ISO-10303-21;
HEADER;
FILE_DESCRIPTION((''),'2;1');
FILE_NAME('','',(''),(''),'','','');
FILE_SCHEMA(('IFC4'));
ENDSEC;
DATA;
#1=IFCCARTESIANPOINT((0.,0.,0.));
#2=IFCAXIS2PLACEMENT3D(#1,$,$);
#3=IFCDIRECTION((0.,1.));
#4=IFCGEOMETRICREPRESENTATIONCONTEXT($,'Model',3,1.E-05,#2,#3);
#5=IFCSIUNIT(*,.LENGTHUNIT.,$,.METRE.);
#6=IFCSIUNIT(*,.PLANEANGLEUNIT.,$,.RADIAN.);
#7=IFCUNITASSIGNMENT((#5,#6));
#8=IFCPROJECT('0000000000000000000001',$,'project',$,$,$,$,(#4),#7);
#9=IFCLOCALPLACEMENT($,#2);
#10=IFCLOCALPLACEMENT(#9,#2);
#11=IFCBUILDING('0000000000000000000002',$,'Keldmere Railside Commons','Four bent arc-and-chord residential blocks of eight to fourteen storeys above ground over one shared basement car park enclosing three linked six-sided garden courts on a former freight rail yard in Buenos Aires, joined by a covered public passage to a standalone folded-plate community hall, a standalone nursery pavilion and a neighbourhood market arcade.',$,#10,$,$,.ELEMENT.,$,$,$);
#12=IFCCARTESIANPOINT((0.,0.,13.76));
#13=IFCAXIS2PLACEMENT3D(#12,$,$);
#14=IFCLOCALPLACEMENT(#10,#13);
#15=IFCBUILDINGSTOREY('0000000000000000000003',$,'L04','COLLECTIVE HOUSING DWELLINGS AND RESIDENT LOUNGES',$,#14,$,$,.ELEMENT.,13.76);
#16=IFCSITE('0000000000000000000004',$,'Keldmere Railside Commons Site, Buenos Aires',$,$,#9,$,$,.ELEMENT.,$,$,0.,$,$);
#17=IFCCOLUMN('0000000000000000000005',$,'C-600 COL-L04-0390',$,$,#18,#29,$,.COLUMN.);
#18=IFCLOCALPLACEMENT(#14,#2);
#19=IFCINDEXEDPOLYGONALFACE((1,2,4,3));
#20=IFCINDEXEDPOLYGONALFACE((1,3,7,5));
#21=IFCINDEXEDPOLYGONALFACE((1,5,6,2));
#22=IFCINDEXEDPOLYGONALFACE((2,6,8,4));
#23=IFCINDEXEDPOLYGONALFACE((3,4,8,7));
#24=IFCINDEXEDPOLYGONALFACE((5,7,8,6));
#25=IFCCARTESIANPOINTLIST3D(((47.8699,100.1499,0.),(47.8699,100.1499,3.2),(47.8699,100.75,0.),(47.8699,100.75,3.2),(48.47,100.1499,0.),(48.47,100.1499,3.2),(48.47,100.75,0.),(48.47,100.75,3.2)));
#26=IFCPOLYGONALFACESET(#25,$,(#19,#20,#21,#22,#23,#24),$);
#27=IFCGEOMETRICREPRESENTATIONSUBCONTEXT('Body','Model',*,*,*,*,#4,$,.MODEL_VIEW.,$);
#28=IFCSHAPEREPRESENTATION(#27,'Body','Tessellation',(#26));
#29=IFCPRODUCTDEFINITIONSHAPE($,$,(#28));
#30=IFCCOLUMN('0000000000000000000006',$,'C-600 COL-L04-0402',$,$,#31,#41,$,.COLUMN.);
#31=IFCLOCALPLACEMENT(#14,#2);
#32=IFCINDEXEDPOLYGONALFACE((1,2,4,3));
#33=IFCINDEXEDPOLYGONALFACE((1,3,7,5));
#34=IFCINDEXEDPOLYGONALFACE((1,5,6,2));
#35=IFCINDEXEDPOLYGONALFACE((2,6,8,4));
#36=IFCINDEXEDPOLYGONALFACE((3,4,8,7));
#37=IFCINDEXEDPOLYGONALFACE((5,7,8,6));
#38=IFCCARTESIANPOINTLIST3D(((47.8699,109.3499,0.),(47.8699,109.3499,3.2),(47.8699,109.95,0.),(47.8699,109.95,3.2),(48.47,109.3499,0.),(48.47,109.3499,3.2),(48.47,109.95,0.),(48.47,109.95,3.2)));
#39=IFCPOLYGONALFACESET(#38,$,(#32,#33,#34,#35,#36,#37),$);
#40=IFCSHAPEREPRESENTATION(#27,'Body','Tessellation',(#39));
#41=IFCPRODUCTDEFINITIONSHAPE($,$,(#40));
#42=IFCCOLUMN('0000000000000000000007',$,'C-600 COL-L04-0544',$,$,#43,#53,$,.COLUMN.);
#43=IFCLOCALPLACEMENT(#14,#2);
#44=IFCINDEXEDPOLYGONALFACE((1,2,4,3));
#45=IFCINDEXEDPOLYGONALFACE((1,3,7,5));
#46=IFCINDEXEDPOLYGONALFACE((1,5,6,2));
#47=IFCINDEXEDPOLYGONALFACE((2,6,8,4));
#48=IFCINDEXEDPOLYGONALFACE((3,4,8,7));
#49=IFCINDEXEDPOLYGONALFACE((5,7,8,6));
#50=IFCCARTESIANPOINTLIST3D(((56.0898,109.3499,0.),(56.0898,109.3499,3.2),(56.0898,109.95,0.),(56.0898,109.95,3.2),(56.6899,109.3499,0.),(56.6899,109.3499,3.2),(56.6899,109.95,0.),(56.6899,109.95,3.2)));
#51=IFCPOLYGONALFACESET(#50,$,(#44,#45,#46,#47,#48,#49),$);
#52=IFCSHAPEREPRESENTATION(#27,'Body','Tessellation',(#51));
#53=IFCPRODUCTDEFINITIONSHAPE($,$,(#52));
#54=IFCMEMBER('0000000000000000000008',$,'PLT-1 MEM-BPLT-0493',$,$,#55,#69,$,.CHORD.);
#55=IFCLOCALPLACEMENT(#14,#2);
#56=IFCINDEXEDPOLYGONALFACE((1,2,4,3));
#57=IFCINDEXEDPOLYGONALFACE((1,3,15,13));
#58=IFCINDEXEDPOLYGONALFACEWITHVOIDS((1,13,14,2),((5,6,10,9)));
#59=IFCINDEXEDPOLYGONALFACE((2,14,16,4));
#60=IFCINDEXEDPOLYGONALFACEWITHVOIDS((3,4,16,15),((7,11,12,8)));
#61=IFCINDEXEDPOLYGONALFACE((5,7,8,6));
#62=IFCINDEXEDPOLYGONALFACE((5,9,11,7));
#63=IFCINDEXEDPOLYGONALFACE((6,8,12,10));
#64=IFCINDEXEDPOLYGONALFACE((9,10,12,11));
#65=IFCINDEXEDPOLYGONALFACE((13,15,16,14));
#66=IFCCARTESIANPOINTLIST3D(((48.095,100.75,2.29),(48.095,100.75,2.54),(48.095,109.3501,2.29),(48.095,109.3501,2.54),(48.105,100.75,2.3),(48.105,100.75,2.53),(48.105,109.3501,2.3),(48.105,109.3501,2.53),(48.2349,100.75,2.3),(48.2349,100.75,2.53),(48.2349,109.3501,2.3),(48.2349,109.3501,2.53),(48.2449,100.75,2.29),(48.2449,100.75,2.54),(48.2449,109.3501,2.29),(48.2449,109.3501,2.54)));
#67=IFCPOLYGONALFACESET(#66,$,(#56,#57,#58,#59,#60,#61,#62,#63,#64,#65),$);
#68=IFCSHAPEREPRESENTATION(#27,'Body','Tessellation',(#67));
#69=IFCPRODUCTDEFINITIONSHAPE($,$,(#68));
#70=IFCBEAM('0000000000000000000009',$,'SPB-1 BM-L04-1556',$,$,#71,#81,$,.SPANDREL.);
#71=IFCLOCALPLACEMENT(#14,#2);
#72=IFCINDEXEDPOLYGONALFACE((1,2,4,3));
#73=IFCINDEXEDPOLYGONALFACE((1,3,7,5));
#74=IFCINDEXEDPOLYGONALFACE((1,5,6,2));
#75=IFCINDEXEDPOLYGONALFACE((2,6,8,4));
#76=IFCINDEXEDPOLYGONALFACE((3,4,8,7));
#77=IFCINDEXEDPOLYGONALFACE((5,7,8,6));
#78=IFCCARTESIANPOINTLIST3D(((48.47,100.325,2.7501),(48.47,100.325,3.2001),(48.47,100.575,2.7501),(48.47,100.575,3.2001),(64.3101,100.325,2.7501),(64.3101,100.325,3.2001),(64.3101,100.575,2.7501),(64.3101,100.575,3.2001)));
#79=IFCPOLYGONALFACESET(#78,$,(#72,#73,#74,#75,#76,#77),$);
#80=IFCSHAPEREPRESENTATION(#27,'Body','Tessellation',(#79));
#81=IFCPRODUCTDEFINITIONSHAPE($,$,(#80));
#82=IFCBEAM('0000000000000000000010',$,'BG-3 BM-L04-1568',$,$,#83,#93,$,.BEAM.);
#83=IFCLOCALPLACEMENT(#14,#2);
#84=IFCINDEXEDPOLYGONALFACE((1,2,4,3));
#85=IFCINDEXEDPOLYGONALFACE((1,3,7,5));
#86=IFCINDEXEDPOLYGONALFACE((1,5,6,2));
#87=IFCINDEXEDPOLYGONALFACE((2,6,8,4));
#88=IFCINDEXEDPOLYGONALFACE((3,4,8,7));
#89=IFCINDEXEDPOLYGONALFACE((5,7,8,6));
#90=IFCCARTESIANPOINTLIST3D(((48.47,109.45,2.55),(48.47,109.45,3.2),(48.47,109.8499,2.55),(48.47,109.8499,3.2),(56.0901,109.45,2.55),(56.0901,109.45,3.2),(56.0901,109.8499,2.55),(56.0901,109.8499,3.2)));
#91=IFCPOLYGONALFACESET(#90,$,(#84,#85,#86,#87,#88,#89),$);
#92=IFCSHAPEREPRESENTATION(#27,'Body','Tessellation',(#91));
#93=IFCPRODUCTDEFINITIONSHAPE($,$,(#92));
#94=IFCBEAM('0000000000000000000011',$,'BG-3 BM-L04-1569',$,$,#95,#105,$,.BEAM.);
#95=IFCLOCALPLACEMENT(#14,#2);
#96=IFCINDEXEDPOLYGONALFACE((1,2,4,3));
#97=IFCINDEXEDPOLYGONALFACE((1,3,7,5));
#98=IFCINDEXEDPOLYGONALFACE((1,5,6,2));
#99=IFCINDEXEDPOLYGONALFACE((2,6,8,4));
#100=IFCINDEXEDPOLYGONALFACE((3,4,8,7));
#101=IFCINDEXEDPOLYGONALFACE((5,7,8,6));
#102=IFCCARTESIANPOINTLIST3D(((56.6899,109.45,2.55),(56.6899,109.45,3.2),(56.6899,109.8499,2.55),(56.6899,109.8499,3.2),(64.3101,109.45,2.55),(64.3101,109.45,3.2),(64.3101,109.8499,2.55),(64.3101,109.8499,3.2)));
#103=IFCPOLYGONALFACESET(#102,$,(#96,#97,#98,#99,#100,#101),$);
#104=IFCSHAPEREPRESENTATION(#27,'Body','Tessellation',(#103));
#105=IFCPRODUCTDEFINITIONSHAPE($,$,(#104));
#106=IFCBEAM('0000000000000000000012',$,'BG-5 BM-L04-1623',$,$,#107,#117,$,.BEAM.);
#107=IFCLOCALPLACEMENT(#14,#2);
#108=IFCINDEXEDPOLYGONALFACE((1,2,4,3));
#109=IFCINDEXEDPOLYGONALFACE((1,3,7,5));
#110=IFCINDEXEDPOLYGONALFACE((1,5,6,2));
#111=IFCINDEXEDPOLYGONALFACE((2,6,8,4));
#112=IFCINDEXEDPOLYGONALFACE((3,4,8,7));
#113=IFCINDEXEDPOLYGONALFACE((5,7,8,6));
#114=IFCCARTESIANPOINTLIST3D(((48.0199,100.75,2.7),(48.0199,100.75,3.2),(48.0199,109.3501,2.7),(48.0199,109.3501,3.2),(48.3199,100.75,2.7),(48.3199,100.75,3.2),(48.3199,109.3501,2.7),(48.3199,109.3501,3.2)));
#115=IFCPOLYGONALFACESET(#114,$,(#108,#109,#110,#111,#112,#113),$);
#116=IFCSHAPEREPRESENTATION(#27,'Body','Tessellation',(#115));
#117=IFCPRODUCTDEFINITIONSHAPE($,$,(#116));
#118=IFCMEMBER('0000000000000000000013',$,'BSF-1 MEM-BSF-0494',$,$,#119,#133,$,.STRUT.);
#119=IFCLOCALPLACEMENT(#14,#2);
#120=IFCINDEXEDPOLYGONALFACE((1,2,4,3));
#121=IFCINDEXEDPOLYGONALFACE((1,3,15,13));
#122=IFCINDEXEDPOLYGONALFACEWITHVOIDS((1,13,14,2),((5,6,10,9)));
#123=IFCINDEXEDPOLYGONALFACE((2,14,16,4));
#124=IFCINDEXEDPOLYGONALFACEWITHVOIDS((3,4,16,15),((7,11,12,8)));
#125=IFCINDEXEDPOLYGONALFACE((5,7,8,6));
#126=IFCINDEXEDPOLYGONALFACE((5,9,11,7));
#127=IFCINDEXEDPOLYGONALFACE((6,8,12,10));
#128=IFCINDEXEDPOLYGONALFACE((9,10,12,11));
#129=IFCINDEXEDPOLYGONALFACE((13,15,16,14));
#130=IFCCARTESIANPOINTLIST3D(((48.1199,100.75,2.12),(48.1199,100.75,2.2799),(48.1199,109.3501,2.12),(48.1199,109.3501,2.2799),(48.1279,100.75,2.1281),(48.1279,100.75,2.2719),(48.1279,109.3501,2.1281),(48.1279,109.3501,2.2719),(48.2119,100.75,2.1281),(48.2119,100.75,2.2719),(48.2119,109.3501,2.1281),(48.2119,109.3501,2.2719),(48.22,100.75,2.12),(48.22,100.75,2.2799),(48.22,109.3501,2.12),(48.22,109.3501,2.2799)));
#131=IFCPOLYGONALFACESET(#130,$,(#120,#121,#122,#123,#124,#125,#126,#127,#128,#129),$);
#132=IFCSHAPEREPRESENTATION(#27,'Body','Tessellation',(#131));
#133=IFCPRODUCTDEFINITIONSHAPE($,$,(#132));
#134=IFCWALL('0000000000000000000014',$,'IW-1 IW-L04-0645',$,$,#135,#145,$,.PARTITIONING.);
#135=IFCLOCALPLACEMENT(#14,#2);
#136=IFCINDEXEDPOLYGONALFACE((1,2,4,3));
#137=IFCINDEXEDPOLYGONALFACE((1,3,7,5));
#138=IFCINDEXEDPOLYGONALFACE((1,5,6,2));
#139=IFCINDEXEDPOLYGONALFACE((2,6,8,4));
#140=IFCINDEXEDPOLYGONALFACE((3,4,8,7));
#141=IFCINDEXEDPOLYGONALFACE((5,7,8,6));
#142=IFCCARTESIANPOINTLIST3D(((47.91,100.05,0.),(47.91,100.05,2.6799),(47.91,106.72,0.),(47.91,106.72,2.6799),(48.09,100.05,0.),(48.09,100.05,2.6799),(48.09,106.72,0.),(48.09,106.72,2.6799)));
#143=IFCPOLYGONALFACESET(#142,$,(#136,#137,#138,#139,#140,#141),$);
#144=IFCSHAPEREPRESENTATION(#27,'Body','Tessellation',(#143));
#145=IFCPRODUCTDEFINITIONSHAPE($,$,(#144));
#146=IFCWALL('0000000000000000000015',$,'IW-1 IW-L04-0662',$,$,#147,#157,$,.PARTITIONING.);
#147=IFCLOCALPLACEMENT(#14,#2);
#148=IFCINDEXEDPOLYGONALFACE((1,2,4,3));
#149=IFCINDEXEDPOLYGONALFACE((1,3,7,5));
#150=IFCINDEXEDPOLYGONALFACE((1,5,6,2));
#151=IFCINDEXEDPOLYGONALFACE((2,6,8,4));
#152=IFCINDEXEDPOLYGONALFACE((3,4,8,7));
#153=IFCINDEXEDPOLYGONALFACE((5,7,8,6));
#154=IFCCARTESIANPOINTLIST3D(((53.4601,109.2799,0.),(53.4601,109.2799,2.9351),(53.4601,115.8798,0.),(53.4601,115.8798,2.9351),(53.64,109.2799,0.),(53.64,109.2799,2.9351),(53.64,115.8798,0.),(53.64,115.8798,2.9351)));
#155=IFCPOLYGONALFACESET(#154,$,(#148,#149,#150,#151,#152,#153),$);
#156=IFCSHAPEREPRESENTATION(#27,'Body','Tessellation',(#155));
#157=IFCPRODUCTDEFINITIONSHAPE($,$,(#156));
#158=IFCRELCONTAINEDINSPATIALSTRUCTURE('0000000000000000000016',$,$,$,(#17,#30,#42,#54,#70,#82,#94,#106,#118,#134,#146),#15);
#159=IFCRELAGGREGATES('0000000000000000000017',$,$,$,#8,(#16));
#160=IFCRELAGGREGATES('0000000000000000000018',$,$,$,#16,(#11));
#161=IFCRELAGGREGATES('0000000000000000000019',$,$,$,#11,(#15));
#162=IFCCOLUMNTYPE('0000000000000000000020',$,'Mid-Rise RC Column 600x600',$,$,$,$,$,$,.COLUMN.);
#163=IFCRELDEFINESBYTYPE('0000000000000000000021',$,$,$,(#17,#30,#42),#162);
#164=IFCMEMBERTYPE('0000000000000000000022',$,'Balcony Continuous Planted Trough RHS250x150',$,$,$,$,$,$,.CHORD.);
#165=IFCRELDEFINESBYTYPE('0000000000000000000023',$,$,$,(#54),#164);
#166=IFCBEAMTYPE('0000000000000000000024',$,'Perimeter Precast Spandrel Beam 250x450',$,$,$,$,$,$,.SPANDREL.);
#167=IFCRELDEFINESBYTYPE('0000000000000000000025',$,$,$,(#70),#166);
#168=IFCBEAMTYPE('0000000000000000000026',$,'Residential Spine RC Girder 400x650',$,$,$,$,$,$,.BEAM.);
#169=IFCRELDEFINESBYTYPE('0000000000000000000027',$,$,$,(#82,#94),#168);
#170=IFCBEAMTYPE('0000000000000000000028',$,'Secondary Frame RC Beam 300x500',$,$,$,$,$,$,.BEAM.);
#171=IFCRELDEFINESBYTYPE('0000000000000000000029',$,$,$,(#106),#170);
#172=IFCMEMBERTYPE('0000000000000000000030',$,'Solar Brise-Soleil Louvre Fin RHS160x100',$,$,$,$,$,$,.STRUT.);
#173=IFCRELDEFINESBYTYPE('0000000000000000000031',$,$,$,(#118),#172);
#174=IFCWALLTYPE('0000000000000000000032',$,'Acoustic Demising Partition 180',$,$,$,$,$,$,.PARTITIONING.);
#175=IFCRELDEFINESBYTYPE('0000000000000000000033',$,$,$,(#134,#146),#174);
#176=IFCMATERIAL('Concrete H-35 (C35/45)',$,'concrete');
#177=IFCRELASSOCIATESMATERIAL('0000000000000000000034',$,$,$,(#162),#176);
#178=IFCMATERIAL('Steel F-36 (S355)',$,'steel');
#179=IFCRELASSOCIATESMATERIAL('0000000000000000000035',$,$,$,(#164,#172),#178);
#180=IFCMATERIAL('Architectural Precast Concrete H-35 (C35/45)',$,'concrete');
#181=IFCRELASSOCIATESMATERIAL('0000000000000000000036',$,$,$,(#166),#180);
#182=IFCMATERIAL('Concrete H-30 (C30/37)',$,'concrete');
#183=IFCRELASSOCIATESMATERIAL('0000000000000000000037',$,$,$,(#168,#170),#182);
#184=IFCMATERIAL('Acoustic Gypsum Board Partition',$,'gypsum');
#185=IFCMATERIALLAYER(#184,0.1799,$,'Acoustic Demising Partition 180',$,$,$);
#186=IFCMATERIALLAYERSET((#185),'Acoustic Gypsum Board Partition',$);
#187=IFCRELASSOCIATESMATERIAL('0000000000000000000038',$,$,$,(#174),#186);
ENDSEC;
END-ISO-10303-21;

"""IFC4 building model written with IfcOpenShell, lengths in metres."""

from ifc_helpers import new_model, si_unit, direction, frame, frame_2d, origin, origin_2d, place, context, subcontext, project, spatial, rectangle, hollow_rectangle, extrude, material, layer, layer_set, material_profile, profile_set, type_object, element, save


model = new_model("IFC4")

# Units and contexts
model_context = context("Model", 3, precision=1e-05, world=origin(), true_north=direction((0.0, 1.0)))
body_context = subcontext(model_context, "Body", "Model", "MODEL_VIEW")
ifc_project = project(units=[si_unit("LENGTHUNIT", "METRE"), si_unit("PLANEANGLEUNIT", "RADIAN")], contexts=[model_context])

# Site, building, storey
site_placement = place(None, origin())
site = spatial("IfcSite", under=ifc_project, at=site_placement, Name="Keldmere Railside Commons Site, Buenos Aires", CompositionType="ELEMENT", RefElevation=0.0)
building_placement = place(site_placement, origin())
building = spatial("IfcBuilding", under=site, at=building_placement, Name="Keldmere Railside Commons", Description="Four bent arc-and-chord residential blocks of eight to fourteen storeys above ground over one shared basement car park enclosing three linked six-sided garden courts on a former freight rail yard in Buenos Aires, joined by a covered public passage to a standalone folded-plate community hall, a standalone nursery pavilion and a neighbourhood market arcade.", CompositionType="ELEMENT")
storey_placement = place(building_placement, frame((0.0, 0.0, 13.76)))
storey = spatial("IfcBuildingStorey", under=building, at=storey_placement, Name="L04", Description="COLLECTIVE HOUSING DWELLINGS AND RESIDENT LOUNGES", CompositionType="ELEMENT", Elevation=13.76)

# Columns
ifc_material_1 = material(Name="Concrete H-35 (C35/45)", Category="concrete")
ifc_material_profile_1 = material_profile(ifc_material_1, rectangle(XDim=0.6001, YDim=0.6001, at=origin_2d()), Name="RC-600x600")
ifc_profile_set_1 = profile_set([ifc_material_profile_1], Name="Concrete H-35 (C35/45)")
column_type = type_object("IfcColumnType", Name="Mid-Rise RC Column 600x600", PredefinedType="COLUMN", material=ifc_profile_set_1)
for number, where, z_axis, x_axis, name in (
    (1, (48.1699, 100.45, 0.0), (0.0, 0.0, 1.0), (1.0, 0.0, 0.0), "C-600 COL-L04-0390"),
    (2, (48.1699, 109.6499, 0.0), (0.0, 0.0, 1.0), (1.0, 0.0, 0.0), "C-600 COL-L04-0402"),
    (3, (56.3899, 109.6499, 0.0), (0.0, 0.0, 1.0), (1.0, 0.0, 0.0), "C-600 COL-L04-0544"),
):
    element("IfcColumn", number, at=place(storey_placement, frame(where, z_axis=z_axis, x_axis=x_axis)), inside=storey, type_object=column_type, Name=name, PredefinedType="COLUMN", context=body_context, shape_type="SweptSolid", body=[
        extrude(rectangle(XDim=0.6001, YDim=0.6001, at=origin_2d()), origin(), (0.0, 0.0, 1.0), 3.2),
    ])

# Member
ifc_material_2 = material(Name="Steel F-36 (S355)", Category="steel")
ifc_material_profile_2 = material_profile(ifc_material_2, hollow_rectangle(XDim=0.1499, YDim=0.25, WallThickness=0.01, at=origin_2d()), Name="RHS-250x150x10")
ifc_profile_set_2 = profile_set([ifc_material_profile_2], Name="Steel F-36 (S355)")
member_type_1 = type_object("IfcMemberType", Name="Balcony Continuous Planted Trough RHS250x150", PredefinedType="CHORD", material=ifc_profile_set_2)
member_1_placement = place(storey_placement, frame((48.1699, 100.75, 2.415), z_axis=(0.0, 1.0, 0.0), x_axis=(-1.0, 0.0, 0.0)))
element("IfcMember", 4, at=member_1_placement, inside=storey, type_object=member_type_1, Name="PLT-1 MEM-BPLT-0493", PredefinedType="CHORD", context=body_context, shape_type="SweptSolid", body=[
    extrude(hollow_rectangle(XDim=0.1499, YDim=0.25, WallThickness=0.01, at=origin_2d()), origin(), (0.0, 0.0, 1.0), 8.6001),
])

# Beams
ifc_material_3 = material(Name="Architectural Precast Concrete H-35 (C35/45)", Category="concrete")
ifc_material_profile_3 = material_profile(ifc_material_3, rectangle(XDim=0.25, YDim=0.45, at=origin_2d()), Name="RC-250x450")
ifc_profile_set_3 = profile_set([ifc_material_profile_3], Name="Architectural Precast Concrete H-35 (C35/45)")
beam_type_1 = type_object("IfcBeamType", Name="Perimeter Precast Spandrel Beam 250x450", PredefinedType="SPANDREL", material=ifc_profile_set_3)
beam_1_placement = place(storey_placement, frame((48.47, 100.45, 2.9751), z_axis=(1.0, 0.0, 0.0), x_axis=(0.0, 1.0, 0.0)))
element("IfcBeam", 5, at=beam_1_placement, inside=storey, type_object=beam_type_1, Name="SPB-1 BM-L04-1556", PredefinedType="SPANDREL", context=body_context, shape_type="SweptSolid", body=[
    extrude(rectangle(XDim=0.25, YDim=0.45, at=origin_2d()), origin(), (0.0, 0.0, 1.0), 15.8401),
])
ifc_material_4 = material(Name="Concrete H-30 (C30/37)", Category="concrete")
ifc_material_profile_4 = material_profile(ifc_material_4, rectangle(XDim=0.3999, YDim=0.6499, at=origin_2d()), Name="RC-400x650")
ifc_profile_set_4 = profile_set([ifc_material_profile_4], Name="Concrete H-30 (C30/37)")
beam_type_2 = type_object("IfcBeamType", Name="Residential Spine RC Girder 400x650", PredefinedType="BEAM", material=ifc_profile_set_4)
for number, where, z_axis, x_axis, name in (
    (6, (48.47, 109.6499, 2.875), (1.0, 0.0, 0.0), (0.0, 1.0, 0.0), "BG-3 BM-L04-1568"),
    (7, (56.6899, 109.6499, 2.875), (1.0, 0.0, 0.0), (0.0, 1.0, 0.0), "BG-3 BM-L04-1569"),
):
    element("IfcBeam", number, at=place(storey_placement, frame(where, z_axis=z_axis, x_axis=x_axis)), inside=storey, type_object=beam_type_2, Name=name, PredefinedType="BEAM", context=body_context, shape_type="SweptSolid", body=[
        extrude(rectangle(XDim=0.3999, YDim=0.6499, at=origin_2d()), origin(), (0.0, 0.0, 1.0), 7.6201),
    ])
ifc_material_profile_5 = material_profile(ifc_material_4, rectangle(XDim=0.3, YDim=0.5, at=origin_2d()), Name="RC-300x500")
ifc_profile_set_5 = profile_set([ifc_material_profile_5], Name="Concrete H-30 (C30/37)")
beam_type_3 = type_object("IfcBeamType", Name="Secondary Frame RC Beam 300x500", PredefinedType="BEAM", material=ifc_profile_set_5)
beam_2_placement = place(storey_placement, frame((48.1699, 100.75, 2.95), z_axis=(0.0, 1.0, 0.0), x_axis=(-1.0, 0.0, 0.0)))
element("IfcBeam", 8, at=beam_2_placement, inside=storey, type_object=beam_type_3, Name="BG-5 BM-L04-1623", PredefinedType="BEAM", context=body_context, shape_type="SweptSolid", body=[
    extrude(rectangle(XDim=0.3, YDim=0.5, at=origin_2d()), origin(), (0.0, 0.0, 1.0), 8.6001),
])

# Member
ifc_material_profile_6 = material_profile(ifc_material_2, hollow_rectangle(XDim=0.1001, YDim=0.1599, WallThickness=0.0081, at=origin_2d()), Name="RHS-160x100x8")
ifc_profile_set_6 = profile_set([ifc_material_profile_6], Name="Steel F-36 (S355)")
member_type_2 = type_object("IfcMemberType", Name="Solar Brise-Soleil Louvre Fin RHS160x100", PredefinedType="STRUT", material=ifc_profile_set_6)
member_2_placement = place(storey_placement, frame((48.1699, 100.75, 2.2), z_axis=(0.0, 1.0, 0.0), x_axis=(-1.0, 0.0, 0.0)))
element("IfcMember", 9, at=member_2_placement, inside=storey, type_object=member_type_2, Name="BSF-1 MEM-BSF-0494", PredefinedType="STRUT", context=body_context, shape_type="SweptSolid", body=[
    extrude(hollow_rectangle(XDim=0.1001, YDim=0.1599, WallThickness=0.0081, at=origin_2d()), origin(), (0.0, 0.0, 1.0), 8.6001),
])

# Walls
ifc_material_5 = material(Name="Acoustic Gypsum Board Partition", Category="gypsum")
ifc_layer_1 = layer(ifc_material_5, 0.1799, Name="Acoustic Demising Partition 180")
ifc_layer_set_1 = layer_set([ifc_layer_1], Name="Acoustic Gypsum Board Partition")
wall_type_1 = type_object("IfcWallType", Name="Acoustic Demising Partition 180", PredefinedType="PARTITIONING", material=ifc_layer_set_1)
wall_1_placement = place(storey_placement, frame((48.0, 100.05, 0.0), z_axis=(0.0, 0.0, 1.0), x_axis=(0.0, 1.0, 0.0)))
element("IfcWall", 10, at=wall_1_placement, inside=storey, type_object=wall_type_1, Name="IW-1 IW-L04-0645", PredefinedType="PARTITIONING", context=body_context, shape_type="SweptSolid", body=[
    extrude(rectangle(XDim=6.6699, YDim=0.1799, at=frame_2d((3.335, 0.0))), origin(), (0.0, 0.0, 1.0), 2.6799),
])
wall_2_placement = place(storey_placement, frame((53.55, 109.28, 0.0), z_axis=(0.0, 0.0, 1.0), x_axis=(0.0, 1.0, 0.0)))
element("IfcWall", 11, at=wall_2_placement, inside=storey, type_object=wall_type_1, Name="IW-1 IW-L04-0662", PredefinedType="PARTITIONING", context=body_context, shape_type="SweptSolid", body=[
    extrude(rectangle(XDim=6.5999, YDim=0.1799, at=frame_2d((3.2998, 0.0))), origin(), (0.0, 0.0, 1.0), 2.9351),
])

save(model, "model.ifc")
